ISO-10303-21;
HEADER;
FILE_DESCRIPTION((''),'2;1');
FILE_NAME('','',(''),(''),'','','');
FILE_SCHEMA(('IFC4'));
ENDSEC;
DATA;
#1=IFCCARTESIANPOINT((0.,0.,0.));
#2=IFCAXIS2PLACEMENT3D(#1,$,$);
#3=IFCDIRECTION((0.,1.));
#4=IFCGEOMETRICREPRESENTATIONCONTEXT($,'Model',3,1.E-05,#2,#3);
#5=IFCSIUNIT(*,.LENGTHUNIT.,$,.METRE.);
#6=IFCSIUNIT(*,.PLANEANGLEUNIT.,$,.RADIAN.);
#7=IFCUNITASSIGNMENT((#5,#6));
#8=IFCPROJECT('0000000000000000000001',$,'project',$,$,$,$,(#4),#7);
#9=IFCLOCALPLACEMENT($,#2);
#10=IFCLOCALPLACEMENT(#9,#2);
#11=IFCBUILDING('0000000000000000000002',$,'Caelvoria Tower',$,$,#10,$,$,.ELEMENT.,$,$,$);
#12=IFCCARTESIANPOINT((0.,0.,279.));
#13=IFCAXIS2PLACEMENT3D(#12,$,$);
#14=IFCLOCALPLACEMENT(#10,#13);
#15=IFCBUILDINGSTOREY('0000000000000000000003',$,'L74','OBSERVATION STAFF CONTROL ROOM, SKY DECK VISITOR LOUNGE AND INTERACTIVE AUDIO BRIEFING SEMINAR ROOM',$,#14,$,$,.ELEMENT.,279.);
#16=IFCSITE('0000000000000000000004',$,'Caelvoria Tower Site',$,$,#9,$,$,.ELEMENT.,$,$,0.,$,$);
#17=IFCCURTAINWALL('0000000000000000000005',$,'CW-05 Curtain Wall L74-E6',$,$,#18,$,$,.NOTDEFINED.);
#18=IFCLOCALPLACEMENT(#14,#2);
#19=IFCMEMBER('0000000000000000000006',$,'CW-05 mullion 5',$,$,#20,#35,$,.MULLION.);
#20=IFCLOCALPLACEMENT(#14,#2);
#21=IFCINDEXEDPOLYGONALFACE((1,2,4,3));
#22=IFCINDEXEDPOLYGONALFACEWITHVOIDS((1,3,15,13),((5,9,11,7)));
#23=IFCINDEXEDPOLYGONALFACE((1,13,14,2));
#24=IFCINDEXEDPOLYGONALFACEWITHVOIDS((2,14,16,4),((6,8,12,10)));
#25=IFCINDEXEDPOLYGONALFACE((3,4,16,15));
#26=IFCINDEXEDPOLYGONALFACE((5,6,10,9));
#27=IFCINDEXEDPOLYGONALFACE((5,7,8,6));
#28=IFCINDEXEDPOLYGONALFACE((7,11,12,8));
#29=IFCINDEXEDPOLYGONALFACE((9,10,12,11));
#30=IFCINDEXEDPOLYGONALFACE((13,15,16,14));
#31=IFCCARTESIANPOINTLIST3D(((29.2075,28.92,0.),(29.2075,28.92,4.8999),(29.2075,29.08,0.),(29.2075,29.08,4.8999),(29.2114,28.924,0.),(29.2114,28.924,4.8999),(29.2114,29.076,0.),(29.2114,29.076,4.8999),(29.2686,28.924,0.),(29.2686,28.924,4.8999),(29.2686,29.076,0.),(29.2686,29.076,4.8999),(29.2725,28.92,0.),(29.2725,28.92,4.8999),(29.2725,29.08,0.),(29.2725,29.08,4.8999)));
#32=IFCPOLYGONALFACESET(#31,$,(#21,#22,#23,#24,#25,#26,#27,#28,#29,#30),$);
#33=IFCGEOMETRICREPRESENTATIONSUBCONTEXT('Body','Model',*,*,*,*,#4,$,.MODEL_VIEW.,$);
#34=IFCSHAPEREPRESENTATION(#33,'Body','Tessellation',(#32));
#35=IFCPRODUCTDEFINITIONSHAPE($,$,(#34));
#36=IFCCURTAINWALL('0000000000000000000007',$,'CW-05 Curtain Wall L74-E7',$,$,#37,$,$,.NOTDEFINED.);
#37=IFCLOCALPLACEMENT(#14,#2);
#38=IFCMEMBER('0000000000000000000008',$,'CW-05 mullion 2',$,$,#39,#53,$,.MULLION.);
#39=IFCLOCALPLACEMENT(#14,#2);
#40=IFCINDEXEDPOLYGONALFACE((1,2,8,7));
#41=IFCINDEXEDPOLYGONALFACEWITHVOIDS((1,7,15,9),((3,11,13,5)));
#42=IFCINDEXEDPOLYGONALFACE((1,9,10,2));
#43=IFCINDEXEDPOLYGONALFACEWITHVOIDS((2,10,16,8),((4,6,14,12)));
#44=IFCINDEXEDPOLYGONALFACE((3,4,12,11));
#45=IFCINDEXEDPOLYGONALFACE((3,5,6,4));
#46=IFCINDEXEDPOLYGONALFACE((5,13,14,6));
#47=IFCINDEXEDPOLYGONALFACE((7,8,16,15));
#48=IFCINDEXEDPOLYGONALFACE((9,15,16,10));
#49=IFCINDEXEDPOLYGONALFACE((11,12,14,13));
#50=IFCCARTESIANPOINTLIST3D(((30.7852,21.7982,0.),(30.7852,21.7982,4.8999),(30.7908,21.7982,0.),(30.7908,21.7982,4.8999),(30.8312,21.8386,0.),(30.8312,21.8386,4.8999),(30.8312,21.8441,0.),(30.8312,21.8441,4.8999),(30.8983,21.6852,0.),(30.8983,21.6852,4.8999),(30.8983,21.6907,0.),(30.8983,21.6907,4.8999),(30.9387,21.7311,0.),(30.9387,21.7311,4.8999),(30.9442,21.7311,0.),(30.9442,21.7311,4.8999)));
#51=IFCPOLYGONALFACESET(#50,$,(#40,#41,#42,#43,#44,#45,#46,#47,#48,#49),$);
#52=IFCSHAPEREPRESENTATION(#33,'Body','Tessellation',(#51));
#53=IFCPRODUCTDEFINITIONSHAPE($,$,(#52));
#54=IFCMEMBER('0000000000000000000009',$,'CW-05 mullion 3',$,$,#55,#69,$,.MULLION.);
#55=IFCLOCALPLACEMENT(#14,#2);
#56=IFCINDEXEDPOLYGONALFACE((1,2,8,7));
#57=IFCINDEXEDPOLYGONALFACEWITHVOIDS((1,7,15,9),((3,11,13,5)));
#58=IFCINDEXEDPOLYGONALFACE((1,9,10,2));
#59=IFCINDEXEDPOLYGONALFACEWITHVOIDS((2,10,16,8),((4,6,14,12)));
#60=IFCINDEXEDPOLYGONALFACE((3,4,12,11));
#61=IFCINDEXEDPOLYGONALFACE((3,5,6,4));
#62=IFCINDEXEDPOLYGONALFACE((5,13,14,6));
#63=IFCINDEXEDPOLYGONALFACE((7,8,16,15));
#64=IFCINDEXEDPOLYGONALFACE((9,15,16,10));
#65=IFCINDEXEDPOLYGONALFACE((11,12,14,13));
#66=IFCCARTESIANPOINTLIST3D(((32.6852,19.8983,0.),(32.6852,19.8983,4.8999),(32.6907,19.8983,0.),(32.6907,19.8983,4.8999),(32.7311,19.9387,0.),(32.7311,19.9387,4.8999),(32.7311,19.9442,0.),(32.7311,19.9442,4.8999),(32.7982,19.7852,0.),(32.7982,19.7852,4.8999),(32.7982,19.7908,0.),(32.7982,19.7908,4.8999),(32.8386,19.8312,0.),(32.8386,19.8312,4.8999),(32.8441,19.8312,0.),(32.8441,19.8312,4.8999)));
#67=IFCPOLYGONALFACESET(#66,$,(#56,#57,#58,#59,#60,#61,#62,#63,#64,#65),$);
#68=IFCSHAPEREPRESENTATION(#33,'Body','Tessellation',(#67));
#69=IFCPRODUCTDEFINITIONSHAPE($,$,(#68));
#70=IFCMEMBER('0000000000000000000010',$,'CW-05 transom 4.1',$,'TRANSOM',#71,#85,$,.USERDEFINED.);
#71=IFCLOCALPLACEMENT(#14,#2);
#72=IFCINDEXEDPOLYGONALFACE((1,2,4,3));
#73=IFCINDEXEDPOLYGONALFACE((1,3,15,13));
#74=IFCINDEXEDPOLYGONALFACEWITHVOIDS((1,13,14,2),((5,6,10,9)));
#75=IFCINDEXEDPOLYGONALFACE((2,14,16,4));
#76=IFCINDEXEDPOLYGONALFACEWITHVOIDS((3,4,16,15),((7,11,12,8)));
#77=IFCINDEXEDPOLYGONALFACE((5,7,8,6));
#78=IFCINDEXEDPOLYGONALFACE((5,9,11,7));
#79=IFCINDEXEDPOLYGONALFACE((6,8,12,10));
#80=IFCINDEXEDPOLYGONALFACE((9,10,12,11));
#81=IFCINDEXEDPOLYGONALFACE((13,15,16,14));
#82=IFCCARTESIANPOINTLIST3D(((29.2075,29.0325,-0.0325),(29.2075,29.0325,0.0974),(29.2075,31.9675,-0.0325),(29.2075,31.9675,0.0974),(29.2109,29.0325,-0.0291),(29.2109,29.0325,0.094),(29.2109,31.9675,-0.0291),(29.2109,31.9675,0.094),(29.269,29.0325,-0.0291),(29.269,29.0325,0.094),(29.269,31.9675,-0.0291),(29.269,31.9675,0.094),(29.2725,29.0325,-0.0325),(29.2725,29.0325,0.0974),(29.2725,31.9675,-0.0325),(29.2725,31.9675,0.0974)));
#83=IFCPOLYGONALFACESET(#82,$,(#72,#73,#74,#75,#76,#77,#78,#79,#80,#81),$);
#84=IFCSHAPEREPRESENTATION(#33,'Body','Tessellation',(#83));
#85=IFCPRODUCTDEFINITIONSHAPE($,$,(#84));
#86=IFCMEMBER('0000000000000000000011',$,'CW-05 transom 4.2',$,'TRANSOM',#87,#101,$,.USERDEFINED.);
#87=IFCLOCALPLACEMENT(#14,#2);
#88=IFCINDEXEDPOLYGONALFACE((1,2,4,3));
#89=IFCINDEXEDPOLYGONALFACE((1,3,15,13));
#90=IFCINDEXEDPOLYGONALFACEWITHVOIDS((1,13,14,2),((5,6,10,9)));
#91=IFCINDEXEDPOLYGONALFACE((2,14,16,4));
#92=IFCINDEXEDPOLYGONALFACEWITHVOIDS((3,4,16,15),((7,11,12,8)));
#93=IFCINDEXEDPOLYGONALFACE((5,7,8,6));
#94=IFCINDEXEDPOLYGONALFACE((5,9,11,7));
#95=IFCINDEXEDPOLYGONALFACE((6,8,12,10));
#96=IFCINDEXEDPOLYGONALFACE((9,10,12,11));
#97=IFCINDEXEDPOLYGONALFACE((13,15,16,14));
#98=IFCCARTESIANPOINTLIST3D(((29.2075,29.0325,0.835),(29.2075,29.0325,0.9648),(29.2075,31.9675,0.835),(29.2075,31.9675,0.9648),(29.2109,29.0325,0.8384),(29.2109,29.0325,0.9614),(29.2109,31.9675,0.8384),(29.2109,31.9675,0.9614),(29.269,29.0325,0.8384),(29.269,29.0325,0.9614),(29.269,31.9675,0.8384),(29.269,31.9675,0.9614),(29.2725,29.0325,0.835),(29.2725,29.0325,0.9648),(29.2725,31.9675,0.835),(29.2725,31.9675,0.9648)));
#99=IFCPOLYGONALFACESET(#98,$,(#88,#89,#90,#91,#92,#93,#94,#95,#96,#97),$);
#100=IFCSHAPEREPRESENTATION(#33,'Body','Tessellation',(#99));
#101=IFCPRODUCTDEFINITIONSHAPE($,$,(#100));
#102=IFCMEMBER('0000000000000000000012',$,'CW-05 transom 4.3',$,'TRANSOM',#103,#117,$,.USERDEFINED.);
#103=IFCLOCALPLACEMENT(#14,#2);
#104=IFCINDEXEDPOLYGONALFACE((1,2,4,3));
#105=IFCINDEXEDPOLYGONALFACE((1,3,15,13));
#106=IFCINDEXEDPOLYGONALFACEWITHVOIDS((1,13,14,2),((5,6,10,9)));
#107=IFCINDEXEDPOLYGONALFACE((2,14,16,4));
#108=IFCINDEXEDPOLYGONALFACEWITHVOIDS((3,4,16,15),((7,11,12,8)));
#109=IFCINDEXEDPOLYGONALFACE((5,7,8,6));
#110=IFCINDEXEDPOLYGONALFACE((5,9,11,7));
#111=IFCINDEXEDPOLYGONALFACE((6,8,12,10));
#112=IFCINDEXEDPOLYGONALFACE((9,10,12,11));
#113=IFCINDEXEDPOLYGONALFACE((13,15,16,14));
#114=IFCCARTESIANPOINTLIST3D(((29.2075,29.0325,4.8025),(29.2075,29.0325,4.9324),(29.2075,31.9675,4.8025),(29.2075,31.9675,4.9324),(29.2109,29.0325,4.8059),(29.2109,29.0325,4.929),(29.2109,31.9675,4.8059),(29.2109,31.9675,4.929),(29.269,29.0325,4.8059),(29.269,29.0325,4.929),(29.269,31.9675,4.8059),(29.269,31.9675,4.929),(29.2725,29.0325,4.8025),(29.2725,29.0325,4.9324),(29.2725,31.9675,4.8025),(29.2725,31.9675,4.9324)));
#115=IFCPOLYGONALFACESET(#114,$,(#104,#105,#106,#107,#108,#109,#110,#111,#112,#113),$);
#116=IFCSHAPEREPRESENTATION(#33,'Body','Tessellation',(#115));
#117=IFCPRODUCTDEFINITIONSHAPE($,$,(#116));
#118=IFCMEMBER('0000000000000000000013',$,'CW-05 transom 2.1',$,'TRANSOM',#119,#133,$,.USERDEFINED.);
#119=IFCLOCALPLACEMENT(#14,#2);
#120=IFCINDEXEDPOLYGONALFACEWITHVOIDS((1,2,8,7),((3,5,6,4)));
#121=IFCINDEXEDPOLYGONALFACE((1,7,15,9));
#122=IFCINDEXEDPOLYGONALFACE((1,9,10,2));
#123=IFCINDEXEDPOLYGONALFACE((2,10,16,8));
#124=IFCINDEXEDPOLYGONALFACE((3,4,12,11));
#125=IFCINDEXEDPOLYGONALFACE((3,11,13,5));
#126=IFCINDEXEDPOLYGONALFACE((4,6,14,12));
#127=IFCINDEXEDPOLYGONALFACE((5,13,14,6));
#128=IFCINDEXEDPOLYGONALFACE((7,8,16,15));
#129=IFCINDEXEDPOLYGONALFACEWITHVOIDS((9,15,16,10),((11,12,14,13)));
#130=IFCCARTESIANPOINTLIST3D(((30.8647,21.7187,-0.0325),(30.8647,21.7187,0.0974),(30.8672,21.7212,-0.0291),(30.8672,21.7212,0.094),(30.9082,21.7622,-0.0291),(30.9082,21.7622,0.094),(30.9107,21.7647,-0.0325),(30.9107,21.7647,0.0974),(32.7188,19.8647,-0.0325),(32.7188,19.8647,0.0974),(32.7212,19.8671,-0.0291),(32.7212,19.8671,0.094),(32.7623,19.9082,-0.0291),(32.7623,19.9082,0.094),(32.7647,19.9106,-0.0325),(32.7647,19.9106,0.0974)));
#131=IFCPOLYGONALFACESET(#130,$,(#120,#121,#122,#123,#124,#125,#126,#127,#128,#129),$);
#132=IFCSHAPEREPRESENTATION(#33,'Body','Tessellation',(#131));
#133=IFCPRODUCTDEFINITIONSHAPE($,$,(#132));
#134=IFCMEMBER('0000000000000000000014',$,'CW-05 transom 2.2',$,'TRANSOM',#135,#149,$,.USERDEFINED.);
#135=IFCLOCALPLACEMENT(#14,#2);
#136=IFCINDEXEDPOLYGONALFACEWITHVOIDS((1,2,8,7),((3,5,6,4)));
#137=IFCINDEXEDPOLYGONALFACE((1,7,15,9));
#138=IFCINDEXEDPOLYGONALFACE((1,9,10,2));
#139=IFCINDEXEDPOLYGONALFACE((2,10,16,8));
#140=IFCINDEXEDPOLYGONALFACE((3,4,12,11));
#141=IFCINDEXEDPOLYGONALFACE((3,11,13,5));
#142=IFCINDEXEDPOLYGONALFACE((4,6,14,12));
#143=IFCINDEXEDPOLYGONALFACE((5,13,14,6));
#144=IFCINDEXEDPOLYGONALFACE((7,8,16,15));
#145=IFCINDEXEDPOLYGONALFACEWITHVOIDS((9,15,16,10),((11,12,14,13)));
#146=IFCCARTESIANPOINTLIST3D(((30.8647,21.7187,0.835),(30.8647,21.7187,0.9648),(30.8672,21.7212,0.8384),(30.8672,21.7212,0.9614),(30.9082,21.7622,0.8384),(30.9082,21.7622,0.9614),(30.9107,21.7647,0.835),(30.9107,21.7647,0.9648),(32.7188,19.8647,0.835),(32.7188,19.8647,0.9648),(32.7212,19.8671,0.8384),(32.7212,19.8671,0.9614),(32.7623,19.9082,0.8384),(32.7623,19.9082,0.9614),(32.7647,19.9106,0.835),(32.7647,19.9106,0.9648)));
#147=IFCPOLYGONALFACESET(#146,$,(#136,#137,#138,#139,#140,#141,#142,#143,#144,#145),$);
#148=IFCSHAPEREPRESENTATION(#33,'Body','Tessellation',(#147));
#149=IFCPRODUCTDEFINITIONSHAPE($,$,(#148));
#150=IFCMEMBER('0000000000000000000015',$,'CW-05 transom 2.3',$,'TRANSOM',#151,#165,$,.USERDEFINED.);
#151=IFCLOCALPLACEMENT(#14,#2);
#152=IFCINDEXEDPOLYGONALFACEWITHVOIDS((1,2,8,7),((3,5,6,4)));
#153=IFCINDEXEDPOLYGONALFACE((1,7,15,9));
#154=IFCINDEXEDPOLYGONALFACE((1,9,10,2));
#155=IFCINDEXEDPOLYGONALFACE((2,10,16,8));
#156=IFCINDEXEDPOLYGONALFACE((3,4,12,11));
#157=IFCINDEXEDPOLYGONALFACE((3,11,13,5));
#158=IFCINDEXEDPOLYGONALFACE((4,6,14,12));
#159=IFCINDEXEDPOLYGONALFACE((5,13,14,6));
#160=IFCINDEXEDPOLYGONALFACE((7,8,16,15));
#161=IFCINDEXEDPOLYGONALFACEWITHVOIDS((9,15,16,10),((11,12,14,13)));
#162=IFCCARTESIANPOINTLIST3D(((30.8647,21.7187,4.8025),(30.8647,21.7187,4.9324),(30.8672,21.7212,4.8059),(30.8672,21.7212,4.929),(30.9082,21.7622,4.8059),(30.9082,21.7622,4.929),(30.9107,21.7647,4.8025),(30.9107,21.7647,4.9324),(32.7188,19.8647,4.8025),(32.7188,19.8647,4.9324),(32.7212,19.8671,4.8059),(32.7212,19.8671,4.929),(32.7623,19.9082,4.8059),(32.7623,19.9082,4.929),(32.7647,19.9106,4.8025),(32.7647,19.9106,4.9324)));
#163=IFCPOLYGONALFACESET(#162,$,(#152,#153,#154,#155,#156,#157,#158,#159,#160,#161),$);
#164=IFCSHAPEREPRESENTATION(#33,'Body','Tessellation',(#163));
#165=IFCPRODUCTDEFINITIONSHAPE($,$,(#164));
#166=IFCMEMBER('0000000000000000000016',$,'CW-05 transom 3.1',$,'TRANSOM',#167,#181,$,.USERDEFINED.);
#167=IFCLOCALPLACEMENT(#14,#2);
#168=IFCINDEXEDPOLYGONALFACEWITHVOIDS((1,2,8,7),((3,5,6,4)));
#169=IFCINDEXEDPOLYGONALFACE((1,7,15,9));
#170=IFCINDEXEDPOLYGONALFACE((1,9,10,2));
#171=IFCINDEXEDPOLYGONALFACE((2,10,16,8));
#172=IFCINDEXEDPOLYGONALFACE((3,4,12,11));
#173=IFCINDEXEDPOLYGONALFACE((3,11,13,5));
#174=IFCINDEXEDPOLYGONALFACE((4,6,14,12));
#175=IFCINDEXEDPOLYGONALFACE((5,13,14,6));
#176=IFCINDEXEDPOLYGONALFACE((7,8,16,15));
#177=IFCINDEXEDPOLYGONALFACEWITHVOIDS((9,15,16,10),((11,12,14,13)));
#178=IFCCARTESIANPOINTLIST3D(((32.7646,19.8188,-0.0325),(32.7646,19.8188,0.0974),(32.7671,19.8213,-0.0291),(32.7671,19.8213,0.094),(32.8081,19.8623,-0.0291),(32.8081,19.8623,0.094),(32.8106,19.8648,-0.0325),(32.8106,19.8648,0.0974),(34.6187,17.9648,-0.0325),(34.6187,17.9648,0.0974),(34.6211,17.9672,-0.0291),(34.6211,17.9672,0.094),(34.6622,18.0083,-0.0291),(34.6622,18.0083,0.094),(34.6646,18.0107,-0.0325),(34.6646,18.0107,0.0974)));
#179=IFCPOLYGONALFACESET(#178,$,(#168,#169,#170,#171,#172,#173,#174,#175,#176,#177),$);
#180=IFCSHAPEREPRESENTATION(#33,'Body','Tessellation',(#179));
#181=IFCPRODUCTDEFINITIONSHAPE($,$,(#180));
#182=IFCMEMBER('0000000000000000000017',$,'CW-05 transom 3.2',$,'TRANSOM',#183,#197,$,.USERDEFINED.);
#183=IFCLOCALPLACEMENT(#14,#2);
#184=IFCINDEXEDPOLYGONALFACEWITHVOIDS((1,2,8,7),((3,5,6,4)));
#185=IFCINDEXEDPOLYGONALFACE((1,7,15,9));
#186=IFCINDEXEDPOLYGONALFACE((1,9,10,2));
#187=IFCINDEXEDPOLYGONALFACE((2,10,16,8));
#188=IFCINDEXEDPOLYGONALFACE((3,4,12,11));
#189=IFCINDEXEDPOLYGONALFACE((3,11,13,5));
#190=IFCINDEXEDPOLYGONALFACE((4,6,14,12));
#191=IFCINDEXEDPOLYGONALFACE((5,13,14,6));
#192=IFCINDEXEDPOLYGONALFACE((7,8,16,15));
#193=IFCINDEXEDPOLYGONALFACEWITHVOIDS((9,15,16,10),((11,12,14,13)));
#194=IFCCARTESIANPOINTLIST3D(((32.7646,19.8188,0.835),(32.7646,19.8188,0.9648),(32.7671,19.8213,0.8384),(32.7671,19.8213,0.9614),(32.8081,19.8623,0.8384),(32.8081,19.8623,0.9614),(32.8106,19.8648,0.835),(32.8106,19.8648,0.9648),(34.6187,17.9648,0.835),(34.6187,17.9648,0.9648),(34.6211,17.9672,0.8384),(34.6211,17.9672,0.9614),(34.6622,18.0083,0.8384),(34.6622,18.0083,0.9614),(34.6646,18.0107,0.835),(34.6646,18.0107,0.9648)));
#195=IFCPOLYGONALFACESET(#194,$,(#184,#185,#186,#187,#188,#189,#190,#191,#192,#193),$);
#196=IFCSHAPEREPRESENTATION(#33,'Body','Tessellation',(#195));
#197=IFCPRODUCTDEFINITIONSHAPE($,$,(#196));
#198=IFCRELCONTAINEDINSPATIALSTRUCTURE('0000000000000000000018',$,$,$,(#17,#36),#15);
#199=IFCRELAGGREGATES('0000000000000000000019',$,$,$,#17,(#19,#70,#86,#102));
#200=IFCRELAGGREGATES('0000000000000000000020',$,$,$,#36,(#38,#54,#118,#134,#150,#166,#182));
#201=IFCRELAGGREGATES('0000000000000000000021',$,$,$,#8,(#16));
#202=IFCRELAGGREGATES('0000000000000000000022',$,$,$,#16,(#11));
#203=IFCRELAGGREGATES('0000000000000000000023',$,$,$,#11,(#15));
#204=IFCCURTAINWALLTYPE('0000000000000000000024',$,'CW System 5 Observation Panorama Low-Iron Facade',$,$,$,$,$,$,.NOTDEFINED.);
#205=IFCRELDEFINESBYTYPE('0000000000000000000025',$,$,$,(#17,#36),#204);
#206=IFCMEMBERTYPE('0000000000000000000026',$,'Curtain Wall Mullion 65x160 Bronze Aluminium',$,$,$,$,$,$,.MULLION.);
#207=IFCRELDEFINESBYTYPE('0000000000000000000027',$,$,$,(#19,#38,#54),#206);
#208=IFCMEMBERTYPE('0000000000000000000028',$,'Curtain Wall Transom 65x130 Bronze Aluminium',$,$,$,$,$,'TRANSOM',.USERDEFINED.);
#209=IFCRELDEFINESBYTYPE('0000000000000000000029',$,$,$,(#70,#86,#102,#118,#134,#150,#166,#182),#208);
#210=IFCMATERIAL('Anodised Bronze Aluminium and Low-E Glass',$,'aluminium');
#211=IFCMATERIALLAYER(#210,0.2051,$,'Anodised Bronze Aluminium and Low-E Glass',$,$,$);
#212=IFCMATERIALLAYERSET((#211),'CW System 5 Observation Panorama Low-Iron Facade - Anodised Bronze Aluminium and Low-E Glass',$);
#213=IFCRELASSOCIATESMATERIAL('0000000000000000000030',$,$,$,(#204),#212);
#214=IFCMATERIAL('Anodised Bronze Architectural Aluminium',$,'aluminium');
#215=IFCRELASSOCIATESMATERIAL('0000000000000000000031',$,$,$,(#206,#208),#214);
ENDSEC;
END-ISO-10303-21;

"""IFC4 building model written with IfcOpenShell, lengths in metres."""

from ifc_helpers import new_model, si_unit, direction, frame, origin, origin_2d, place, context, subcontext, project, spatial, hollow_rectangle, extrude, material, layer, layer_set, material_profile, profile_set, type_object, element, aggregate, save


model = new_model("IFC4")

# Units and contexts
model_context = context("Model", 3, precision=1e-05, world=origin(), true_north=direction((0.0, 1.0)))
body_context = subcontext(model_context, "Body", "Model", "MODEL_VIEW")
ifc_project = project(units=[si_unit("LENGTHUNIT", "METRE"), si_unit("PLANEANGLEUNIT", "RADIAN")], contexts=[model_context])

# Site, building, storey
site_placement = place(None, origin())
site = spatial("IfcSite", under=ifc_project, at=site_placement, Name="Caelvoria Tower Site", CompositionType="ELEMENT", RefElevation=0.0)
building_placement = place(site_placement, origin())
building = spatial("IfcBuilding", under=site, at=building_placement, Name="Caelvoria Tower", CompositionType="ELEMENT")
storey_placement = place(building_placement, frame((0.0, 0.0, 279.0)))
storey = spatial("IfcBuildingStorey", under=building, at=storey_placement, Name="L74", Description="OBSERVATION STAFF CONTROL ROOM, SKY DECK VISITOR LOUNGE AND INTERACTIVE AUDIO BRIEFING SEMINAR ROOM", CompositionType="ELEMENT", Elevation=279.0)

# Curtain wall, member
ifc_material_1 = material(Name="Anodised Bronze Aluminium and Low-E Glass", Category="aluminium")
ifc_layer_1 = layer(ifc_material_1, 0.2051, Name="Anodised Bronze Aluminium and Low-E Glass")
ifc_layer_set_1 = layer_set([ifc_layer_1], Name="CW System 5 Observation Panorama Low-Iron Facade - Anodised Bronze Aluminium and Low-E Glass")
curtain_wall_type = type_object("IfcCurtainWallType", Name="CW System 5 Observation Panorama Low-Iron Facade", PredefinedType="NOTDEFINED", material=ifc_layer_set_1)
curtain_wall_1_placement = place(storey_placement, origin())
curtain_wall_1 = element("IfcCurtainWall", 1, at=curtain_wall_1_placement, inside=storey, type_object=curtain_wall_type, Name="CW-05 Curtain Wall L74-E6", PredefinedType="NOTDEFINED")
ifc_material_2 = material(Name="Anodised Bronze Architectural Aluminium", Category="aluminium")
ifc_material_profile_1 = material_profile(ifc_material_2, hollow_rectangle(XDim=0.0649, YDim=0.1599, WallThickness=0.0039, at=origin_2d()), Name="Anodised Bronze Architectural Aluminium")
ifc_profile_set_1 = profile_set([ifc_material_profile_1], Name="CW_MULL_65X160 - Anodised Bronze Architectural Aluminium")
member_type_1 = type_object("IfcMemberType", Name="Curtain Wall Mullion 65x160 Bronze Aluminium", PredefinedType="MULLION", material=ifc_profile_set_1)
member_1_placement = place(storey_placement, frame((29.24, 29.0, 0.0), z_axis=(0.0, 0.0, 1.0), x_axis=(1.0, 0.0, 0.0)))
member_1 = element("IfcMember", 2, at=member_1_placement, type_object=member_type_1, Name="CW-05 mullion 5", PredefinedType="MULLION", context=body_context, shape_type="SweptSolid", body=[
    extrude(hollow_rectangle(XDim=0.0649, YDim=0.1599, WallThickness=0.0039, at=origin_2d()), origin(), (0.0, 0.0, 1.0), 4.8999),
])

# Curtain wall, members
curtain_wall_2_placement = place(storey_placement, origin())
curtain_wall_2 = element("IfcCurtainWall", 3, at=curtain_wall_2_placement, inside=storey, type_object=curtain_wall_type, Name="CW-05 Curtain Wall L74-E7", PredefinedType="NOTDEFINED")
member_2_placement = place(storey_placement, frame((30.8647, 21.7646, 0.0), z_axis=(0.0, 0.0, 1.0), x_axis=(0.707107, 0.707107, 0.0)))
member_2 = element("IfcMember", 4, at=member_2_placement, type_object=member_type_1, Name="CW-05 mullion 2", PredefinedType="MULLION", context=body_context, shape_type="SweptSolid", body=[
    extrude(hollow_rectangle(XDim=0.0649, YDim=0.1599, WallThickness=0.0039, at=origin_2d()), origin(), (0.0, 0.0, 1.0), 4.8999),
])
member_3_placement = place(storey_placement, frame((32.7646, 19.8647, 0.0), z_axis=(0.0, 0.0, 1.0), x_axis=(0.707107, 0.707107, 0.0)))
member_3 = element("IfcMember", 5, at=member_3_placement, type_object=member_type_1, Name="CW-05 mullion 3", PredefinedType="MULLION", context=body_context, shape_type="SweptSolid", body=[
    extrude(hollow_rectangle(XDim=0.0649, YDim=0.1599, WallThickness=0.0039, at=origin_2d()), origin(), (0.0, 0.0, 1.0), 4.8999),
])

# Members
ifc_material_profile_2 = material_profile(ifc_material_2, hollow_rectangle(XDim=0.0649, YDim=0.1299, WallThickness=0.0034, at=origin_2d()), Name="Anodised Bronze Architectural Aluminium")
ifc_profile_set_2 = profile_set([ifc_material_profile_2], Name="CW_TRAN_65X130 - Anodised Bronze Architectural Aluminium")
member_type_2 = type_object("IfcMemberType", Name="Curtain Wall Transom 65x130 Bronze Aluminium", ElementType="TRANSOM", PredefinedType="USERDEFINED", material=ifc_profile_set_2)
member_4_placement = place(storey_placement, frame((29.24, 31.9675, 0.0325), z_axis=(0.0, -1.0, 0.0), x_axis=(1.0, 0.0, 0.0)))
member_4 = element("IfcMember", 6, at=member_4_placement, type_object=member_type_2, Name="CW-05 transom 4.1", ObjectType="TRANSOM", PredefinedType="USERDEFINED", context=body_context, shape_type="SweptSolid", body=[
    extrude(hollow_rectangle(XDim=0.0649, YDim=0.1299, WallThickness=0.0034, at=origin_2d()), origin(), (0.0, 0.0, 1.0), 2.9351),
])
member_5_placement = place(storey_placement, frame((29.24, 31.9675, 0.8999), z_axis=(0.0, -1.0, 0.0), x_axis=(1.0, 0.0, 0.0)))
member_5 = element("IfcMember", 7, at=member_5_placement, type_object=member_type_2, Name="CW-05 transom 4.2", ObjectType="TRANSOM", PredefinedType="USERDEFINED", context=body_context, shape_type="SweptSolid", body=[
    extrude(hollow_rectangle(XDim=0.0649, YDim=0.1299, WallThickness=0.0034, at=origin_2d()), origin(), (0.0, 0.0, 1.0), 2.9351),
])
member_6_placement = place(storey_placement, frame((29.24, 31.9675, 4.8674), z_axis=(0.0, -1.0, 0.0), x_axis=(1.0, 0.0, 0.0)))
member_6 = element("IfcMember", 8, at=member_6_placement, type_object=member_type_2, Name="CW-05 transom 4.3", ObjectType="TRANSOM", PredefinedType="USERDEFINED", context=body_context, shape_type="SweptSolid", body=[
    extrude(hollow_rectangle(XDim=0.0649, YDim=0.1299, WallThickness=0.0034, at=origin_2d()), origin(), (0.0, 0.0, 1.0), 2.9351),
])
member_7_placement = place(storey_placement, frame((30.8877, 21.7417, 0.0325), z_axis=(0.707107, -0.707107, 0.0), x_axis=(0.707107, 0.707107, 0.0)))
member_7 = element("IfcMember", 9, at=member_7_placement, type_object=member_type_2, Name="CW-05 transom 2.1", ObjectType="TRANSOM", PredefinedType="USERDEFINED", context=body_context, shape_type="SweptSolid", body=[
    extrude(hollow_rectangle(XDim=0.0649, YDim=0.1299, WallThickness=0.0034, at=origin_2d()), origin(), (0.0, 0.0, 1.0), 2.6221),
])
member_8_placement = place(storey_placement, frame((30.8877, 21.7417, 0.8999), z_axis=(0.707107, -0.707107, 0.0), x_axis=(0.707107, 0.707107, 0.0)))
member_8 = element("IfcMember", 10, at=member_8_placement, type_object=member_type_2, Name="CW-05 transom 2.2", ObjectType="TRANSOM", PredefinedType="USERDEFINED", context=body_context, shape_type="SweptSolid", body=[
    extrude(hollow_rectangle(XDim=0.0649, YDim=0.1299, WallThickness=0.0034, at=origin_2d()), origin(), (0.0, 0.0, 1.0), 2.6221),
])
member_9_placement = place(storey_placement, frame((30.8877, 21.7417, 4.8674), z_axis=(0.707107, -0.707107, 0.0), x_axis=(0.707107, 0.707107, 0.0)))
member_9 = element("IfcMember", 11, at=member_9_placement, type_object=member_type_2, Name="CW-05 transom 2.3", ObjectType="TRANSOM", PredefinedType="USERDEFINED", context=body_context, shape_type="SweptSolid", body=[
    extrude(hollow_rectangle(XDim=0.0649, YDim=0.1299, WallThickness=0.0034, at=origin_2d()), origin(), (0.0, 0.0, 1.0), 2.6221),
])
member_10_placement = place(storey_placement, frame((32.7876, 19.8418, 0.0325), z_axis=(0.707107, -0.707107, 0.0), x_axis=(0.707107, 0.707107, 0.0)))
member_10 = element("IfcMember", 12, at=member_10_placement, type_object=member_type_2, Name="CW-05 transom 3.1", ObjectType="TRANSOM", PredefinedType="USERDEFINED", context=body_context, shape_type="SweptSolid", body=[
    extrude(hollow_rectangle(XDim=0.0649, YDim=0.1299, WallThickness=0.0034, at=origin_2d()), origin(), (0.0, 0.0, 1.0), 2.6221),
])
member_11_placement = place(storey_placement, frame((32.7876, 19.8418, 0.8999), z_axis=(0.707107, -0.707107, 0.0), x_axis=(0.707107, 0.707107, 0.0)))
member_11 = element("IfcMember", 13, at=member_11_placement, type_object=member_type_2, Name="CW-05 transom 3.2", ObjectType="TRANSOM", PredefinedType="USERDEFINED", context=body_context, shape_type="SweptSolid", body=[
    extrude(hollow_rectangle(XDim=0.0649, YDim=0.1299, WallThickness=0.0034, at=origin_2d()), origin(), (0.0, 0.0, 1.0), 2.6221),
])

aggregate(curtain_wall_1, [member_1, member_4, member_5, member_6])
aggregate(curtain_wall_2, [member_2, member_3, member_7, member_8, member_9, member_10, member_11])

save(model, "model.ifc")
